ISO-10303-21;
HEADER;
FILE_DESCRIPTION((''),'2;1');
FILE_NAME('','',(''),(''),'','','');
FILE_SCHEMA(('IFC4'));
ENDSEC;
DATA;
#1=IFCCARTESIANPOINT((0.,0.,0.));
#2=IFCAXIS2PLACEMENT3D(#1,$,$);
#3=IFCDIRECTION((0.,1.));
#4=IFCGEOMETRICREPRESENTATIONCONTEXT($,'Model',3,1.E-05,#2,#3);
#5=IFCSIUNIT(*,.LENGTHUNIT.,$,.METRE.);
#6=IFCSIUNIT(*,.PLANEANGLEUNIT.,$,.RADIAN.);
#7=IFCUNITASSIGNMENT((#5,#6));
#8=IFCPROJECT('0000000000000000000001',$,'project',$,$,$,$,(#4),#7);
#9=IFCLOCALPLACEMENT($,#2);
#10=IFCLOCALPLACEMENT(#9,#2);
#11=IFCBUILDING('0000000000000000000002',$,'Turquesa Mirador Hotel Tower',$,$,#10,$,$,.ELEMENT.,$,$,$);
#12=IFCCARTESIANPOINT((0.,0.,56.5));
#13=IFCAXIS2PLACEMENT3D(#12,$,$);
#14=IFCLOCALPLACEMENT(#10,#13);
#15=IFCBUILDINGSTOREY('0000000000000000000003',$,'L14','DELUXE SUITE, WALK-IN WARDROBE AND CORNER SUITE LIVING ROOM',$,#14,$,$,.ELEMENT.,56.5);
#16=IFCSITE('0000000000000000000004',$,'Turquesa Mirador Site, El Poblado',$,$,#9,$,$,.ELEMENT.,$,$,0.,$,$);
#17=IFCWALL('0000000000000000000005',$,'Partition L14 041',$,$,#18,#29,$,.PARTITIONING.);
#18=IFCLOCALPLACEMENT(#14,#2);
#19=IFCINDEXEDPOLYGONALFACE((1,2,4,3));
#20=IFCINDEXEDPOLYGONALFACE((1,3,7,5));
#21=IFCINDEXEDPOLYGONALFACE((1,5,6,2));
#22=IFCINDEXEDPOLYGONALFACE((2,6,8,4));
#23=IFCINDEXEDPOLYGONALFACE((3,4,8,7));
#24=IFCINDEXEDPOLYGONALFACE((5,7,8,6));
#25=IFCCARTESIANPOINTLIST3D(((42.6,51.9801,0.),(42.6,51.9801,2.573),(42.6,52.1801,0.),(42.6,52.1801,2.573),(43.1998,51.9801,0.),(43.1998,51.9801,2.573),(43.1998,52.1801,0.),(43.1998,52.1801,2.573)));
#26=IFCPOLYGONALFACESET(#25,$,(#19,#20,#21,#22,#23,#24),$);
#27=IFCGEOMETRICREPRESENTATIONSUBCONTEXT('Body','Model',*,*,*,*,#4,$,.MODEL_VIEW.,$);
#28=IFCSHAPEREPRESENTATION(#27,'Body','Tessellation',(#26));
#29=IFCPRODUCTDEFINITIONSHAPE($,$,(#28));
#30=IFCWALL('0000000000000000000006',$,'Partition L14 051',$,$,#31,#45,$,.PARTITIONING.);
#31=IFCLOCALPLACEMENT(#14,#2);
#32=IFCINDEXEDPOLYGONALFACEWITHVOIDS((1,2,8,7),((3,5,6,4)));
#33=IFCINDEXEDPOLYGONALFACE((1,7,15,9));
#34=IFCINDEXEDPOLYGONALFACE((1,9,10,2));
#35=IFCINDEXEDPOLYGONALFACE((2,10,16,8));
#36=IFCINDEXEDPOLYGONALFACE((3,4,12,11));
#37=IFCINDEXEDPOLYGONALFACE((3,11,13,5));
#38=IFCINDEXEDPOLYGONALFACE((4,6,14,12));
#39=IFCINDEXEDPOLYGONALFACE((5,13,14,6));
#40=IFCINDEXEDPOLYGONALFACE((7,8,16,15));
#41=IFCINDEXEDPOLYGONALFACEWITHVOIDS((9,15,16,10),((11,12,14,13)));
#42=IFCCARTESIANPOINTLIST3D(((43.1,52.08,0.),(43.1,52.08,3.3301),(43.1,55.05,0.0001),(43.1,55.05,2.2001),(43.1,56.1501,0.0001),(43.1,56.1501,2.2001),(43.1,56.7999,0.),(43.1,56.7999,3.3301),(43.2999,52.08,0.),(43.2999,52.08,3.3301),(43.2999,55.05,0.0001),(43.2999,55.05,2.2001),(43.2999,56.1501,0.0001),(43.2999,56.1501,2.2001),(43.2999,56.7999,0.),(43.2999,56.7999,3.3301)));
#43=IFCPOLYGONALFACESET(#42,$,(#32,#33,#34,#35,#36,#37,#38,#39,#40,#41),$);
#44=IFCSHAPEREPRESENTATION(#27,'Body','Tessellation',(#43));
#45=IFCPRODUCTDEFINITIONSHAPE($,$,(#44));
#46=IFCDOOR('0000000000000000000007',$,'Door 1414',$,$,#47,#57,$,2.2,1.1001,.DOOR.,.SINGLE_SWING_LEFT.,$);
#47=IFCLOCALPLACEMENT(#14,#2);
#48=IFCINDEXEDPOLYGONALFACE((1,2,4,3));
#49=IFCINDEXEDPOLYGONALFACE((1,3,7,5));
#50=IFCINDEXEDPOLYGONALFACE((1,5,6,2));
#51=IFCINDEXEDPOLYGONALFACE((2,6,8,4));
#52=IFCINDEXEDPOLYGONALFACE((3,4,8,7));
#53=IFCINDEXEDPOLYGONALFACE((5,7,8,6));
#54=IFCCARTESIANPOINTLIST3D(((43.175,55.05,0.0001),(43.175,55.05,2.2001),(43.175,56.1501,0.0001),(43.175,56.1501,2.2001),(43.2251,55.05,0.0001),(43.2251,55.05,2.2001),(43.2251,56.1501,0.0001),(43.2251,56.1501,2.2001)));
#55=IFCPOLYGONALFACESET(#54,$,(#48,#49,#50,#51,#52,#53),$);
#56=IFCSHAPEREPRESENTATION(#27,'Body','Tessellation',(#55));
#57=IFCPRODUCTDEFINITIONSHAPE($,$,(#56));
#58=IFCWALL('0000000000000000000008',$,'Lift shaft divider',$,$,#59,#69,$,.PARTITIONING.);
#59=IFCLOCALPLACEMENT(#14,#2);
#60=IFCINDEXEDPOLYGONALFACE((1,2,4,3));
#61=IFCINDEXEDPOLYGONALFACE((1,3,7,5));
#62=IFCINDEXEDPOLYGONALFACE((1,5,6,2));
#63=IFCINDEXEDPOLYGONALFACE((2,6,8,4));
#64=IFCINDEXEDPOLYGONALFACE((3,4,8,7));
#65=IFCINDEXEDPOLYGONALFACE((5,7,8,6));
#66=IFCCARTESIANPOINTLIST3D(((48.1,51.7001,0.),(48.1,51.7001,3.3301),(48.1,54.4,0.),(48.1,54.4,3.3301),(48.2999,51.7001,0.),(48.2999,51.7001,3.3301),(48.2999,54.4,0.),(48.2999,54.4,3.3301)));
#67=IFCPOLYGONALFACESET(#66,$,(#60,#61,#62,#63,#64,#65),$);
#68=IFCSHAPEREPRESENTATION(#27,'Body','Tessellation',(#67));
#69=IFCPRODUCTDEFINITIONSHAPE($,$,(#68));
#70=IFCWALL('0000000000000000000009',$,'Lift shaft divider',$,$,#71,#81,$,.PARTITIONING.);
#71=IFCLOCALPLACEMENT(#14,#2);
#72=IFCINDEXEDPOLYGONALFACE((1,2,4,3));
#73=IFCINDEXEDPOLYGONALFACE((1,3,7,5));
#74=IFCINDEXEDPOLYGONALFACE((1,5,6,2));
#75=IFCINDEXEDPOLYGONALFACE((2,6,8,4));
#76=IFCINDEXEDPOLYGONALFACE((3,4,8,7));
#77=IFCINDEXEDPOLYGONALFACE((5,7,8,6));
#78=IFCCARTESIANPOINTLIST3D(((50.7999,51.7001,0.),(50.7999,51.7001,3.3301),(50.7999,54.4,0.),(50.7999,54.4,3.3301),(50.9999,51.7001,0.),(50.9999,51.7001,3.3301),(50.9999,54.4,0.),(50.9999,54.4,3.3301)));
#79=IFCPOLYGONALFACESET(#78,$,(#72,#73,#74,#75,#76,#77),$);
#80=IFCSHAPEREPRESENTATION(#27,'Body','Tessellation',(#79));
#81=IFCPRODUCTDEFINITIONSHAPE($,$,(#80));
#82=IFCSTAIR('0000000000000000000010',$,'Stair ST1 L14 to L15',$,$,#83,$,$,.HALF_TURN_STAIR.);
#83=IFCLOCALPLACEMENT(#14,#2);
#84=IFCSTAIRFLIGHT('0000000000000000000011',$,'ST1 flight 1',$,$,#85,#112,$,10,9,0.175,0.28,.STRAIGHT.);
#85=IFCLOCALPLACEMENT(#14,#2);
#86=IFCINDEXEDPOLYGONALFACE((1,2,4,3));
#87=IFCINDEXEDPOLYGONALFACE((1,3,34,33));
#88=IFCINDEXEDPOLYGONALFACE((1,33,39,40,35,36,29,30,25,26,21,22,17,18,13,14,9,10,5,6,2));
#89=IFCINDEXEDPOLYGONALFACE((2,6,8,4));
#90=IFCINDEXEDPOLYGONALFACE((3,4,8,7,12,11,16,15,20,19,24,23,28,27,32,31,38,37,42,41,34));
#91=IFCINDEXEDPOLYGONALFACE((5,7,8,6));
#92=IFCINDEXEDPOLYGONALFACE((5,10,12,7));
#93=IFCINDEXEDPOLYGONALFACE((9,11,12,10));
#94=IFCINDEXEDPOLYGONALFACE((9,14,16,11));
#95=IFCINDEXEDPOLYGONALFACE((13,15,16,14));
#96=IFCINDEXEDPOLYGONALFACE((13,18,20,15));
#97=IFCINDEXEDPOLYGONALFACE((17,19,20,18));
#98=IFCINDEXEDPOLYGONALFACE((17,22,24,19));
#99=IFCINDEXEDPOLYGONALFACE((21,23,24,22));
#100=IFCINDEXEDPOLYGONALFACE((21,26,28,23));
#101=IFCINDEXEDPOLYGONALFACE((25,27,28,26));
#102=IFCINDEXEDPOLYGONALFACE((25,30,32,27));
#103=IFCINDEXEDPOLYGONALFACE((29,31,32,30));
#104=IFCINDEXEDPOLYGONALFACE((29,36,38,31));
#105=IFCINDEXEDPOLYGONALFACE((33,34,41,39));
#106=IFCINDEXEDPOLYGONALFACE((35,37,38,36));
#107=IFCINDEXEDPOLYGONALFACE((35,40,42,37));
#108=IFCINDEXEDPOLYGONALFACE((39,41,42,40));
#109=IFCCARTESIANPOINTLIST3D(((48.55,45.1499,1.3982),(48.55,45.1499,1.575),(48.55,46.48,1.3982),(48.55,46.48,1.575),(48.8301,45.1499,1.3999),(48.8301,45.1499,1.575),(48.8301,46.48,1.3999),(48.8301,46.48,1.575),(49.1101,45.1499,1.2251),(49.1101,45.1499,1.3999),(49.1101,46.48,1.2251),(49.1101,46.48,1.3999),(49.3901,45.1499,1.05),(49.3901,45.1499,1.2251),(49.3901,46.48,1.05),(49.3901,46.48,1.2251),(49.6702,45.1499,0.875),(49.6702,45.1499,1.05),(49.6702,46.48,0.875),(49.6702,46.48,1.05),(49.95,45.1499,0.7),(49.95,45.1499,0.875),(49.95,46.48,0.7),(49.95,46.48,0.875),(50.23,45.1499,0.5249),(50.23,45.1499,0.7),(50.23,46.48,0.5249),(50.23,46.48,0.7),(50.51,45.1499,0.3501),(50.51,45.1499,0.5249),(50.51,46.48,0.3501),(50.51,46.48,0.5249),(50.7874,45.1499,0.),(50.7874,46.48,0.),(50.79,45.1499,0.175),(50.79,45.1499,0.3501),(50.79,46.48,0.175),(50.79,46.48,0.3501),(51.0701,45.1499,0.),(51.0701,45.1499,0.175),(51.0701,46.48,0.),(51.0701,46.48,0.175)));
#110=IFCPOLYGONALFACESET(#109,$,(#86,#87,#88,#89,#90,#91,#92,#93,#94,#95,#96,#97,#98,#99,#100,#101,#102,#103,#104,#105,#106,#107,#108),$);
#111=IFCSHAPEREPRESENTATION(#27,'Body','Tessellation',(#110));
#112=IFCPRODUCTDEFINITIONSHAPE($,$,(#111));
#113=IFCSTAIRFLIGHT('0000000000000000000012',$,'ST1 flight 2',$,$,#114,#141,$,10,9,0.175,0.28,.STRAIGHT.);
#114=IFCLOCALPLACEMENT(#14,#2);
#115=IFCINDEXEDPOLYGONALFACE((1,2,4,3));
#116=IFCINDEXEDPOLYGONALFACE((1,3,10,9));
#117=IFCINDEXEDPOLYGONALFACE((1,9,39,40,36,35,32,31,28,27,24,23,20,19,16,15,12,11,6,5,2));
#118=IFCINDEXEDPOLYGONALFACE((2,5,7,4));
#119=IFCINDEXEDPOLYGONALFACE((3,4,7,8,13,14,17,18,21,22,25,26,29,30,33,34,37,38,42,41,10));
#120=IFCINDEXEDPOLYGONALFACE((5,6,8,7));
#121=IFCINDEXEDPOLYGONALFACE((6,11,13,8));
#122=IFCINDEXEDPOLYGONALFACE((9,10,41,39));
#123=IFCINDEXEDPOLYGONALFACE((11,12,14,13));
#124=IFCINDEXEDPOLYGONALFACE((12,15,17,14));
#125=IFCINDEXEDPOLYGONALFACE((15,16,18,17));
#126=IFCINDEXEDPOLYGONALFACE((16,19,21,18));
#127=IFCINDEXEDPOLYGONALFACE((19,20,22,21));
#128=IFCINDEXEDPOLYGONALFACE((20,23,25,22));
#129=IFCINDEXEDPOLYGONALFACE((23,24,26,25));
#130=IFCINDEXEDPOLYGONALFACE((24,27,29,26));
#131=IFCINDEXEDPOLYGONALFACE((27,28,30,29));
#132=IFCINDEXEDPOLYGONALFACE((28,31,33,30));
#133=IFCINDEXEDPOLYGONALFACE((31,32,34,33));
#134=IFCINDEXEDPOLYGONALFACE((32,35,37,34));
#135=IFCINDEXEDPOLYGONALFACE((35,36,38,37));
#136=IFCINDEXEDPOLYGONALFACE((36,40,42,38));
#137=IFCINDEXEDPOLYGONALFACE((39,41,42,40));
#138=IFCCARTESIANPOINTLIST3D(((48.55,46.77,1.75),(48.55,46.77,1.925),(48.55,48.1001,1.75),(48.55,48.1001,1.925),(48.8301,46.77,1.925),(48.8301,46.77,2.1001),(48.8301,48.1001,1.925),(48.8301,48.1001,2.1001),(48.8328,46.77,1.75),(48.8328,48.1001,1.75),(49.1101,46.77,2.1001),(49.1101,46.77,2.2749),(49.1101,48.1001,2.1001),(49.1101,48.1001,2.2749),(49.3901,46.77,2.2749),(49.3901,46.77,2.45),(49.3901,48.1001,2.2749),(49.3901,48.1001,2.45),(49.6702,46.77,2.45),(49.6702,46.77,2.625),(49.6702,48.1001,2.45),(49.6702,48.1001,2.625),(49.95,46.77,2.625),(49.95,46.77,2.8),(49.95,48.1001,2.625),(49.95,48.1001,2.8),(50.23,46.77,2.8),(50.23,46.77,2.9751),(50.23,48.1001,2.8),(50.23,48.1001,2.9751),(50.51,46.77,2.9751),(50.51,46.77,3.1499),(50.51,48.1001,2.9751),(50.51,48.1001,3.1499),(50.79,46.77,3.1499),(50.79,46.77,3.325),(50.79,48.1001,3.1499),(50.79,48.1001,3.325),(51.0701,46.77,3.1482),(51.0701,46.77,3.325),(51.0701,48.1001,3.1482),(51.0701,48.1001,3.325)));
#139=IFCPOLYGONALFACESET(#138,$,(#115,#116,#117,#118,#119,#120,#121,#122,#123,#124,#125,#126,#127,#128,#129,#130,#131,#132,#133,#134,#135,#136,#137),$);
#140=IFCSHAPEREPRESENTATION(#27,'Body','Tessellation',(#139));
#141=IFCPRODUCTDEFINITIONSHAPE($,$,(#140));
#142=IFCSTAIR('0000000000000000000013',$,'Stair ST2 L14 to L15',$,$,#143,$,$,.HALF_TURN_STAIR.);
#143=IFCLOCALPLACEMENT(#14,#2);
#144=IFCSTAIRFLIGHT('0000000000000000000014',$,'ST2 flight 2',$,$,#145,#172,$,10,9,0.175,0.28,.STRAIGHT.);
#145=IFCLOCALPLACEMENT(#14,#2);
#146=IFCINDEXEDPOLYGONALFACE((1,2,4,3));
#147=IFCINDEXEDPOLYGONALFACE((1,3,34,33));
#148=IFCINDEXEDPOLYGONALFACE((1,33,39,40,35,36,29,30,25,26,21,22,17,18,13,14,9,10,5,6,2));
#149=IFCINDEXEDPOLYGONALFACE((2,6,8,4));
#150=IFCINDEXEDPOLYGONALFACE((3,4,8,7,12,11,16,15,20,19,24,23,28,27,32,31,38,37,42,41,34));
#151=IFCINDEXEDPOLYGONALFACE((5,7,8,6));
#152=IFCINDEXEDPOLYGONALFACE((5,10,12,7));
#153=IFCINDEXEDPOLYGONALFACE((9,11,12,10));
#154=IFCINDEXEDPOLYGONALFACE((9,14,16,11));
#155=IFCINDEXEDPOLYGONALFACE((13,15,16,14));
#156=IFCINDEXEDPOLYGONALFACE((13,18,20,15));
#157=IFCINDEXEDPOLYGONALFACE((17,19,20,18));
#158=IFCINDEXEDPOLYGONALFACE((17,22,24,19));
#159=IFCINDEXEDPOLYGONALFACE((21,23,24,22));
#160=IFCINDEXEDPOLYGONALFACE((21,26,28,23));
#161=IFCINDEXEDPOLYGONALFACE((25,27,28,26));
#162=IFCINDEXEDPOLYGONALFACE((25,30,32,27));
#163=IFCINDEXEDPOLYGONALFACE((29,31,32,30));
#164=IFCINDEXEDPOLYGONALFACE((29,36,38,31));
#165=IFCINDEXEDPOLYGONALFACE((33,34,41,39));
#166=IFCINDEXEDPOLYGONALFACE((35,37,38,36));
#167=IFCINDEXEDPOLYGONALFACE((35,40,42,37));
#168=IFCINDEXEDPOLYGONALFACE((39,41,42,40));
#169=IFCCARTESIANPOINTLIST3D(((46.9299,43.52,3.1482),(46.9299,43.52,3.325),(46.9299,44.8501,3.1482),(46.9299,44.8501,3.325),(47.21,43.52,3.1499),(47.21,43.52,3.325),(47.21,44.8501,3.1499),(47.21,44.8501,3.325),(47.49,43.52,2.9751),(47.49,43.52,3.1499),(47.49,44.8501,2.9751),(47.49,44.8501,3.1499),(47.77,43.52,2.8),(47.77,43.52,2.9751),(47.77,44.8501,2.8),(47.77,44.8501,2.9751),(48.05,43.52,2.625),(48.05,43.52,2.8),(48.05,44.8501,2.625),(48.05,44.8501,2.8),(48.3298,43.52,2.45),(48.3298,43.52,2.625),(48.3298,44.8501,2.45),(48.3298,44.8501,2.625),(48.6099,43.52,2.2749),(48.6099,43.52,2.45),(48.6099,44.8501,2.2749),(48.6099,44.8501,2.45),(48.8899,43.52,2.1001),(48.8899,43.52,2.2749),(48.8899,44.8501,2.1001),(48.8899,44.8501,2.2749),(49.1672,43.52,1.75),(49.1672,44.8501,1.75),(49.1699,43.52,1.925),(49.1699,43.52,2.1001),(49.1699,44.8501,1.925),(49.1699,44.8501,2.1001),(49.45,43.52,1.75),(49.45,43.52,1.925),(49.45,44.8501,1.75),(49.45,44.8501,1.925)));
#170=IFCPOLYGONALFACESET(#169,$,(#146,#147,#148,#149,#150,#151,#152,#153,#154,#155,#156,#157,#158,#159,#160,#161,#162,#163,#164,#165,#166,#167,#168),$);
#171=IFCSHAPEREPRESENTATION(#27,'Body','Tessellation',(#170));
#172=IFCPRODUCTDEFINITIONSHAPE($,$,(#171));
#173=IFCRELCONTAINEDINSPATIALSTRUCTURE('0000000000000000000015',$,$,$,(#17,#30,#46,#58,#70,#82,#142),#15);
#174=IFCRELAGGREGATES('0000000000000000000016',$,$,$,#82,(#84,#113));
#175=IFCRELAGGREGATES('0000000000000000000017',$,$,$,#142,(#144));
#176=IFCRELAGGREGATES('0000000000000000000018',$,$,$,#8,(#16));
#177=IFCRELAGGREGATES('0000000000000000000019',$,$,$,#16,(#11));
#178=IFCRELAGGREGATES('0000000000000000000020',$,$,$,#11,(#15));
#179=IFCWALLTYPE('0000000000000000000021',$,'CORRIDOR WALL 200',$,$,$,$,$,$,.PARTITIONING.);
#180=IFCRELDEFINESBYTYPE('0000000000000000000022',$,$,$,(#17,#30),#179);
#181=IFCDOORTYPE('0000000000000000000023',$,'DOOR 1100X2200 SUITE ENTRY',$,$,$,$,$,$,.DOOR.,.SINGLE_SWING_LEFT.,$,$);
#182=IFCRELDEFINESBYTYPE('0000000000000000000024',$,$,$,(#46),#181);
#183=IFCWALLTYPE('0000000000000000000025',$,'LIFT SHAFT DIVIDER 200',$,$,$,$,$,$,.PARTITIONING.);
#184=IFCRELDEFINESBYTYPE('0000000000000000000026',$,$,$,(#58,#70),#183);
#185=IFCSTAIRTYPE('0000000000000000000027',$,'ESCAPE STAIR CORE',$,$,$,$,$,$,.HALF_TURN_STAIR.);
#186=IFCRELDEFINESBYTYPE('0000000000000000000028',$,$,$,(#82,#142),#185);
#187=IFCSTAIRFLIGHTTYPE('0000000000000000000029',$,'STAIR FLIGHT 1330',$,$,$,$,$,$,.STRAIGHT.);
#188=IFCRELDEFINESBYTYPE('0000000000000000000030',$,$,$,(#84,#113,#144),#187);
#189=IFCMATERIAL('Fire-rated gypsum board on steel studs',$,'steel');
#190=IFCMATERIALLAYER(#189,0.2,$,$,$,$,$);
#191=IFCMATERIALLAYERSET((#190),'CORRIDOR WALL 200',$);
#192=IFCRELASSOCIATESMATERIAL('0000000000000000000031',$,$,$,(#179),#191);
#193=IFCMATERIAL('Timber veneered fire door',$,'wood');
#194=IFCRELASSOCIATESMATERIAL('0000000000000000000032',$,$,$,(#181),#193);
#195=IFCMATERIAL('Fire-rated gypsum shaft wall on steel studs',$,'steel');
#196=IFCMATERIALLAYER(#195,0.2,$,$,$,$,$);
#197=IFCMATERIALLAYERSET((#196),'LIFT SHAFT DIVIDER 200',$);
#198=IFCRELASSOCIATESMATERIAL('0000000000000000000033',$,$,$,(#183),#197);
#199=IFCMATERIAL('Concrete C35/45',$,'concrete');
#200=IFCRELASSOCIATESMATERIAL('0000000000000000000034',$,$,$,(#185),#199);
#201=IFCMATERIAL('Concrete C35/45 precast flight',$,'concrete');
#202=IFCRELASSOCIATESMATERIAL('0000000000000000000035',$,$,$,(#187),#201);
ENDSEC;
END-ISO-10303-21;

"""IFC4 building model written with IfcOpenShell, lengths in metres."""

from ifc_helpers import new_model, si_unit, direction, frame, frame_2d, origin, place, context, subcontext, project, spatial, polyline, rectangle, outline, extrude, material, layer, layer_set, type_object, element, fill, aggregate, save


model = new_model("IFC4")

# Units and contexts
model_context = context("Model", 3, precision=1e-05, world=origin(), true_north=direction((0.0, 1.0)))
body_context = subcontext(model_context, "Body", "Model", "MODEL_VIEW")
ifc_project = project(units=[si_unit("LENGTHUNIT", "METRE"), si_unit("PLANEANGLEUNIT", "RADIAN")], contexts=[model_context])

# Site, building, storey
site_placement = place(None, origin())
site = spatial("IfcSite", under=ifc_project, at=site_placement, Name="Turquesa Mirador Site, El Poblado", CompositionType="ELEMENT", RefElevation=0.0)
building_placement = place(site_placement, origin())
building = spatial("IfcBuilding", under=site, at=building_placement, Name="Turquesa Mirador Hotel Tower", CompositionType="ELEMENT")
storey_placement = place(building_placement, frame((0.0, 0.0, 56.5)))
storey = spatial("IfcBuildingStorey", under=building, at=storey_placement, Name="L14", Description="DELUXE SUITE, WALK-IN WARDROBE AND CORNER SUITE LIVING ROOM", CompositionType="ELEMENT", Elevation=56.5)

# Wall
ifc_material_1 = material(Name="Fire-rated gypsum board on steel studs", Category="steel")
ifc_layer_1 = layer(ifc_material_1, 0.2)
ifc_layer_set_1 = layer_set([ifc_layer_1], Name="CORRIDOR WALL 200")
wall_type_1 = type_object("IfcWallType", Name="CORRIDOR WALL 200", PredefinedType="PARTITIONING", material=ifc_layer_set_1)
wall_1_placement = place(storey_placement, frame((42.6001, 52.0801, 0.0), z_axis=(0.0, 0.0, 1.0), x_axis=(1.0, 0.0, 0.0)))
element("IfcWall", 1, at=wall_1_placement, inside=storey, type_object=wall_type_1, Name="Partition L14 041", PredefinedType="PARTITIONING", context=body_context, shape_type="SweptSolid", body=[
    extrude(rectangle(XDim=0.5999, YDim=0.2, at=frame_2d((0.2998, 0.0))), origin(), (0.0, 0.0, 1.0), 2.573),
])

# Wall, opening, door
wall_2_placement = place(storey_placement, frame((43.2, 52.0801, 0.0), z_axis=(0.0, 0.0, 1.0), x_axis=(0.0, 1.0, 0.0)))
wall_2 = element("IfcWall", 2, at=wall_2_placement, inside=storey, type_object=wall_type_1, Name="Partition L14 051", PredefinedType="PARTITIONING", context=body_context, shape_type="SweptSolid", body=[
    extrude(rectangle(XDim=4.72, YDim=0.2, at=frame_2d((2.3599, 0.0))), origin(), (0.0, 0.0, 1.0), 3.3301),
])
opening_1_placement = place(wall_2_placement, frame((2.97, 0.0, 0.0)))
opening_1 = element("IfcOpeningElement", 3, at=opening_1_placement, cuts=wall_2, PredefinedType="OPENING", context=body_context, shape_type="SweptSolid", body=[
    extrude(rectangle(XDim=1.1001, YDim=2.2, at=frame_2d((0.55, 1.1001))), frame((0.0, 0.1099, 0.0), z_axis=(0.0, -1.0, 0.0), x_axis=(1.0, 0.0, 0.0)), (0.0, 0.0, 1.0), 0.22),
])
ifc_material_2 = material(Name="Timber veneered fire door", Category="wood")
door_type_1 = type_object("IfcDoorType", Name="DOOR 1100X2200 SUITE ENTRY", OperationType="SINGLE_SWING_LEFT", PredefinedType="DOOR", material=ifc_material_2)
door_1_placement = place(opening_1_placement, origin())
door_1 = element("IfcDoor", 4, at=door_1_placement, inside=storey, type_object=door_type_1, Name="Door 1414", OperationType="SINGLE_SWING_LEFT", OverallHeight=2.2, OverallWidth=1.1001, PredefinedType="DOOR", context=body_context, shape_type="SweptSolid", body=[
    extrude(rectangle(XDim=1.1001, YDim=2.2, at=frame_2d((0.55, 1.1001))), frame((0.0, 0.0249, 0.0), z_axis=(0.0, -1.0, 0.0), x_axis=(1.0, 0.0, 0.0)), (0.0, 0.0, 1.0), 0.05),
])
fill(opening_1, door_1)

# Walls
ifc_material_3 = material(Name="Fire-rated gypsum shaft wall on steel studs", Category="steel")
ifc_layer_2 = layer(ifc_material_3, 0.2)
ifc_layer_set_2 = layer_set([ifc_layer_2], Name="LIFT SHAFT DIVIDER 200")
wall_type_2 = type_object("IfcWallType", Name="LIFT SHAFT DIVIDER 200", PredefinedType="PARTITIONING", material=ifc_layer_set_2)
for number, where, z_axis, x_axis, name in (
    (5, (48.2, 51.7, 0.0), (0.0, 0.0, 1.0), (0.0, 1.0, 0.0), "Lift shaft divider"),
    (6, (50.8999, 51.7, 0.0), (0.0, 0.0, 1.0), (0.0, 1.0, 0.0), "Lift shaft divider"),
):
    element("IfcWall", number, at=place(storey_placement, frame(where, z_axis=z_axis, x_axis=x_axis)), inside=storey, type_object=wall_type_2, Name=name, PredefinedType="PARTITIONING", context=body_context, shape_type="SweptSolid", body=[
        extrude(rectangle(XDim=2.7, YDim=0.2, at=frame_2d((1.3501, 0.0))), origin(), (0.0, 0.0, 1.0), 3.3301),
    ])

# Stair, stair flights
ifc_material_4 = material(Name="Concrete C35/45", Category="concrete")
stair_type = type_object("IfcStairType", Name="ESCAPE STAIR CORE", PredefinedType="HALF_TURN_STAIR", material=ifc_material_4)
stair_1_placement = place(storey_placement, origin())
stair_1 = element("IfcStair", 7, at=stair_1_placement, inside=storey, type_object=stair_type, Name="Stair ST1 L14 to L15", PredefinedType="HALF_TURN_STAIR")
ifc_material_5 = material(Name="Concrete C35/45 precast flight", Category="concrete")
stair_flight_type = type_object("IfcStairFlightType", Name="STAIR FLIGHT 1330", PredefinedType="STRAIGHT", material=ifc_material_5)
stair_flight_1_placement = place(storey_placement, frame((51.0701, 45.8149, 0.0), z_axis=(0.0, 0.0, 1.0), x_axis=(-1.0, 0.0, 0.0)))
stair_flight_1 = element("IfcStairFlight", 8, at=stair_flight_1_placement, type_object=stair_flight_type, Name="ST1 flight 1", NumberOfRisers=10, NumberOfTreads=9, PredefinedType="STRAIGHT", RiserHeight=0.175, TreadLength=0.28, context=body_context, shape_type="SweptSolid", body=[
    extrude(outline(polyline([(0.0, 0.0), (0.0, 0.175), (0.28, 0.175), (0.28, 0.3501), (0.5601, 0.3501), (0.5601, 0.5249), (0.8401, 0.5249), (0.8401, 0.7), (1.1201, 0.7), (1.1201, 0.875), (1.3999, 0.875), (1.3999, 1.05), (1.6799, 1.05), (1.6799, 1.2251), (1.96, 1.2251), (1.96, 1.3999), (2.24, 1.3999), (2.24, 1.575), (2.52, 1.575), (2.52, 1.75), (2.52, 1.3982), (0.2827, 0.0), (0.0, 0.0)])), frame((0.0, 0.665, 0.0), z_axis=(0.0, -1.0, 0.0), x_axis=(1.0, 0.0, 0.0)), (0.0, 0.0, 1.0), 1.3301),
])
stair_flight_2_placement = place(storey_placement, frame((48.55, 47.4351, 1.75), z_axis=(0.0, 0.0, 1.0), x_axis=(1.0, 0.0, 0.0)))
stair_flight_2 = element("IfcStairFlight", 9, at=stair_flight_2_placement, type_object=stair_flight_type, Name="ST1 flight 2", NumberOfRisers=10, NumberOfTreads=9, PredefinedType="STRAIGHT", RiserHeight=0.175, TreadLength=0.28, context=body_context, shape_type="SweptSolid", body=[
    extrude(outline(polyline([(0.0, 0.0), (0.0, 0.175), (0.28, 0.175), (0.28, 0.3501), (0.5601, 0.3501), (0.5601, 0.5249), (0.8401, 0.5249), (0.8401, 0.7), (1.1201, 0.7), (1.1201, 0.875), (1.3999, 0.875), (1.3999, 1.05), (1.6799, 1.05), (1.6799, 1.2251), (1.96, 1.2251), (1.96, 1.3999), (2.24, 1.3999), (2.24, 1.575), (2.52, 1.575), (2.52, 1.75), (2.52, 1.3982), (0.2827, 0.0), (0.0, 0.0)])), frame((0.0, 0.665, 0.0), z_axis=(0.0, -1.0, 0.0), x_axis=(1.0, 0.0, 0.0)), (0.0, 0.0, 1.0), 1.3301),
])
aggregate(stair_1, [stair_flight_1, stair_flight_2])

# Stair, stair flight
stair_2_placement = place(storey_placement, origin())
stair_2 = element("IfcStair", 10, at=stair_2_placement, inside=storey, type_object=stair_type, Name="Stair ST2 L14 to L15", PredefinedType="HALF_TURN_STAIR")
stair_flight_3_placement = place(storey_placement, frame((49.45, 44.1851, 1.75), z_axis=(0.0, 0.0, 1.0), x_axis=(-1.0, 0.0, 0.0)))
stair_flight_3 = element("IfcStairFlight", 11, at=stair_flight_3_placement, type_object=stair_flight_type, Name="ST2 flight 2", NumberOfRisers=10, NumberOfTreads=9, PredefinedType="STRAIGHT", RiserHeight=0.175, TreadLength=0.28, context=body_context, shape_type="SweptSolid", body=[
    extrude(outline(polyline([(0.0, 0.0), (0.0, 0.175), (0.28, 0.175), (0.28, 0.3501), (0.5601, 0.3501), (0.5601, 0.5249), (0.8401, 0.5249), (0.8401, 0.7), (1.1201, 0.7), (1.1201, 0.875), (1.3999, 0.875), (1.3999, 1.05), (1.6799, 1.05), (1.6799, 1.2251), (1.96, 1.2251), (1.96, 1.3999), (2.24, 1.3999), (2.24, 1.575), (2.52, 1.575), (2.52, 1.75), (2.52, 1.3982), (0.2827, 0.0), (0.0, 0.0)])), frame((0.0, 0.665, 0.0), z_axis=(0.0, -1.0, 0.0), x_axis=(1.0, 0.0, 0.0)), (0.0, 0.0, 1.0), 1.3301),
])
aggregate(stair_2, [stair_flight_3])

save(model, "model.ifc")
